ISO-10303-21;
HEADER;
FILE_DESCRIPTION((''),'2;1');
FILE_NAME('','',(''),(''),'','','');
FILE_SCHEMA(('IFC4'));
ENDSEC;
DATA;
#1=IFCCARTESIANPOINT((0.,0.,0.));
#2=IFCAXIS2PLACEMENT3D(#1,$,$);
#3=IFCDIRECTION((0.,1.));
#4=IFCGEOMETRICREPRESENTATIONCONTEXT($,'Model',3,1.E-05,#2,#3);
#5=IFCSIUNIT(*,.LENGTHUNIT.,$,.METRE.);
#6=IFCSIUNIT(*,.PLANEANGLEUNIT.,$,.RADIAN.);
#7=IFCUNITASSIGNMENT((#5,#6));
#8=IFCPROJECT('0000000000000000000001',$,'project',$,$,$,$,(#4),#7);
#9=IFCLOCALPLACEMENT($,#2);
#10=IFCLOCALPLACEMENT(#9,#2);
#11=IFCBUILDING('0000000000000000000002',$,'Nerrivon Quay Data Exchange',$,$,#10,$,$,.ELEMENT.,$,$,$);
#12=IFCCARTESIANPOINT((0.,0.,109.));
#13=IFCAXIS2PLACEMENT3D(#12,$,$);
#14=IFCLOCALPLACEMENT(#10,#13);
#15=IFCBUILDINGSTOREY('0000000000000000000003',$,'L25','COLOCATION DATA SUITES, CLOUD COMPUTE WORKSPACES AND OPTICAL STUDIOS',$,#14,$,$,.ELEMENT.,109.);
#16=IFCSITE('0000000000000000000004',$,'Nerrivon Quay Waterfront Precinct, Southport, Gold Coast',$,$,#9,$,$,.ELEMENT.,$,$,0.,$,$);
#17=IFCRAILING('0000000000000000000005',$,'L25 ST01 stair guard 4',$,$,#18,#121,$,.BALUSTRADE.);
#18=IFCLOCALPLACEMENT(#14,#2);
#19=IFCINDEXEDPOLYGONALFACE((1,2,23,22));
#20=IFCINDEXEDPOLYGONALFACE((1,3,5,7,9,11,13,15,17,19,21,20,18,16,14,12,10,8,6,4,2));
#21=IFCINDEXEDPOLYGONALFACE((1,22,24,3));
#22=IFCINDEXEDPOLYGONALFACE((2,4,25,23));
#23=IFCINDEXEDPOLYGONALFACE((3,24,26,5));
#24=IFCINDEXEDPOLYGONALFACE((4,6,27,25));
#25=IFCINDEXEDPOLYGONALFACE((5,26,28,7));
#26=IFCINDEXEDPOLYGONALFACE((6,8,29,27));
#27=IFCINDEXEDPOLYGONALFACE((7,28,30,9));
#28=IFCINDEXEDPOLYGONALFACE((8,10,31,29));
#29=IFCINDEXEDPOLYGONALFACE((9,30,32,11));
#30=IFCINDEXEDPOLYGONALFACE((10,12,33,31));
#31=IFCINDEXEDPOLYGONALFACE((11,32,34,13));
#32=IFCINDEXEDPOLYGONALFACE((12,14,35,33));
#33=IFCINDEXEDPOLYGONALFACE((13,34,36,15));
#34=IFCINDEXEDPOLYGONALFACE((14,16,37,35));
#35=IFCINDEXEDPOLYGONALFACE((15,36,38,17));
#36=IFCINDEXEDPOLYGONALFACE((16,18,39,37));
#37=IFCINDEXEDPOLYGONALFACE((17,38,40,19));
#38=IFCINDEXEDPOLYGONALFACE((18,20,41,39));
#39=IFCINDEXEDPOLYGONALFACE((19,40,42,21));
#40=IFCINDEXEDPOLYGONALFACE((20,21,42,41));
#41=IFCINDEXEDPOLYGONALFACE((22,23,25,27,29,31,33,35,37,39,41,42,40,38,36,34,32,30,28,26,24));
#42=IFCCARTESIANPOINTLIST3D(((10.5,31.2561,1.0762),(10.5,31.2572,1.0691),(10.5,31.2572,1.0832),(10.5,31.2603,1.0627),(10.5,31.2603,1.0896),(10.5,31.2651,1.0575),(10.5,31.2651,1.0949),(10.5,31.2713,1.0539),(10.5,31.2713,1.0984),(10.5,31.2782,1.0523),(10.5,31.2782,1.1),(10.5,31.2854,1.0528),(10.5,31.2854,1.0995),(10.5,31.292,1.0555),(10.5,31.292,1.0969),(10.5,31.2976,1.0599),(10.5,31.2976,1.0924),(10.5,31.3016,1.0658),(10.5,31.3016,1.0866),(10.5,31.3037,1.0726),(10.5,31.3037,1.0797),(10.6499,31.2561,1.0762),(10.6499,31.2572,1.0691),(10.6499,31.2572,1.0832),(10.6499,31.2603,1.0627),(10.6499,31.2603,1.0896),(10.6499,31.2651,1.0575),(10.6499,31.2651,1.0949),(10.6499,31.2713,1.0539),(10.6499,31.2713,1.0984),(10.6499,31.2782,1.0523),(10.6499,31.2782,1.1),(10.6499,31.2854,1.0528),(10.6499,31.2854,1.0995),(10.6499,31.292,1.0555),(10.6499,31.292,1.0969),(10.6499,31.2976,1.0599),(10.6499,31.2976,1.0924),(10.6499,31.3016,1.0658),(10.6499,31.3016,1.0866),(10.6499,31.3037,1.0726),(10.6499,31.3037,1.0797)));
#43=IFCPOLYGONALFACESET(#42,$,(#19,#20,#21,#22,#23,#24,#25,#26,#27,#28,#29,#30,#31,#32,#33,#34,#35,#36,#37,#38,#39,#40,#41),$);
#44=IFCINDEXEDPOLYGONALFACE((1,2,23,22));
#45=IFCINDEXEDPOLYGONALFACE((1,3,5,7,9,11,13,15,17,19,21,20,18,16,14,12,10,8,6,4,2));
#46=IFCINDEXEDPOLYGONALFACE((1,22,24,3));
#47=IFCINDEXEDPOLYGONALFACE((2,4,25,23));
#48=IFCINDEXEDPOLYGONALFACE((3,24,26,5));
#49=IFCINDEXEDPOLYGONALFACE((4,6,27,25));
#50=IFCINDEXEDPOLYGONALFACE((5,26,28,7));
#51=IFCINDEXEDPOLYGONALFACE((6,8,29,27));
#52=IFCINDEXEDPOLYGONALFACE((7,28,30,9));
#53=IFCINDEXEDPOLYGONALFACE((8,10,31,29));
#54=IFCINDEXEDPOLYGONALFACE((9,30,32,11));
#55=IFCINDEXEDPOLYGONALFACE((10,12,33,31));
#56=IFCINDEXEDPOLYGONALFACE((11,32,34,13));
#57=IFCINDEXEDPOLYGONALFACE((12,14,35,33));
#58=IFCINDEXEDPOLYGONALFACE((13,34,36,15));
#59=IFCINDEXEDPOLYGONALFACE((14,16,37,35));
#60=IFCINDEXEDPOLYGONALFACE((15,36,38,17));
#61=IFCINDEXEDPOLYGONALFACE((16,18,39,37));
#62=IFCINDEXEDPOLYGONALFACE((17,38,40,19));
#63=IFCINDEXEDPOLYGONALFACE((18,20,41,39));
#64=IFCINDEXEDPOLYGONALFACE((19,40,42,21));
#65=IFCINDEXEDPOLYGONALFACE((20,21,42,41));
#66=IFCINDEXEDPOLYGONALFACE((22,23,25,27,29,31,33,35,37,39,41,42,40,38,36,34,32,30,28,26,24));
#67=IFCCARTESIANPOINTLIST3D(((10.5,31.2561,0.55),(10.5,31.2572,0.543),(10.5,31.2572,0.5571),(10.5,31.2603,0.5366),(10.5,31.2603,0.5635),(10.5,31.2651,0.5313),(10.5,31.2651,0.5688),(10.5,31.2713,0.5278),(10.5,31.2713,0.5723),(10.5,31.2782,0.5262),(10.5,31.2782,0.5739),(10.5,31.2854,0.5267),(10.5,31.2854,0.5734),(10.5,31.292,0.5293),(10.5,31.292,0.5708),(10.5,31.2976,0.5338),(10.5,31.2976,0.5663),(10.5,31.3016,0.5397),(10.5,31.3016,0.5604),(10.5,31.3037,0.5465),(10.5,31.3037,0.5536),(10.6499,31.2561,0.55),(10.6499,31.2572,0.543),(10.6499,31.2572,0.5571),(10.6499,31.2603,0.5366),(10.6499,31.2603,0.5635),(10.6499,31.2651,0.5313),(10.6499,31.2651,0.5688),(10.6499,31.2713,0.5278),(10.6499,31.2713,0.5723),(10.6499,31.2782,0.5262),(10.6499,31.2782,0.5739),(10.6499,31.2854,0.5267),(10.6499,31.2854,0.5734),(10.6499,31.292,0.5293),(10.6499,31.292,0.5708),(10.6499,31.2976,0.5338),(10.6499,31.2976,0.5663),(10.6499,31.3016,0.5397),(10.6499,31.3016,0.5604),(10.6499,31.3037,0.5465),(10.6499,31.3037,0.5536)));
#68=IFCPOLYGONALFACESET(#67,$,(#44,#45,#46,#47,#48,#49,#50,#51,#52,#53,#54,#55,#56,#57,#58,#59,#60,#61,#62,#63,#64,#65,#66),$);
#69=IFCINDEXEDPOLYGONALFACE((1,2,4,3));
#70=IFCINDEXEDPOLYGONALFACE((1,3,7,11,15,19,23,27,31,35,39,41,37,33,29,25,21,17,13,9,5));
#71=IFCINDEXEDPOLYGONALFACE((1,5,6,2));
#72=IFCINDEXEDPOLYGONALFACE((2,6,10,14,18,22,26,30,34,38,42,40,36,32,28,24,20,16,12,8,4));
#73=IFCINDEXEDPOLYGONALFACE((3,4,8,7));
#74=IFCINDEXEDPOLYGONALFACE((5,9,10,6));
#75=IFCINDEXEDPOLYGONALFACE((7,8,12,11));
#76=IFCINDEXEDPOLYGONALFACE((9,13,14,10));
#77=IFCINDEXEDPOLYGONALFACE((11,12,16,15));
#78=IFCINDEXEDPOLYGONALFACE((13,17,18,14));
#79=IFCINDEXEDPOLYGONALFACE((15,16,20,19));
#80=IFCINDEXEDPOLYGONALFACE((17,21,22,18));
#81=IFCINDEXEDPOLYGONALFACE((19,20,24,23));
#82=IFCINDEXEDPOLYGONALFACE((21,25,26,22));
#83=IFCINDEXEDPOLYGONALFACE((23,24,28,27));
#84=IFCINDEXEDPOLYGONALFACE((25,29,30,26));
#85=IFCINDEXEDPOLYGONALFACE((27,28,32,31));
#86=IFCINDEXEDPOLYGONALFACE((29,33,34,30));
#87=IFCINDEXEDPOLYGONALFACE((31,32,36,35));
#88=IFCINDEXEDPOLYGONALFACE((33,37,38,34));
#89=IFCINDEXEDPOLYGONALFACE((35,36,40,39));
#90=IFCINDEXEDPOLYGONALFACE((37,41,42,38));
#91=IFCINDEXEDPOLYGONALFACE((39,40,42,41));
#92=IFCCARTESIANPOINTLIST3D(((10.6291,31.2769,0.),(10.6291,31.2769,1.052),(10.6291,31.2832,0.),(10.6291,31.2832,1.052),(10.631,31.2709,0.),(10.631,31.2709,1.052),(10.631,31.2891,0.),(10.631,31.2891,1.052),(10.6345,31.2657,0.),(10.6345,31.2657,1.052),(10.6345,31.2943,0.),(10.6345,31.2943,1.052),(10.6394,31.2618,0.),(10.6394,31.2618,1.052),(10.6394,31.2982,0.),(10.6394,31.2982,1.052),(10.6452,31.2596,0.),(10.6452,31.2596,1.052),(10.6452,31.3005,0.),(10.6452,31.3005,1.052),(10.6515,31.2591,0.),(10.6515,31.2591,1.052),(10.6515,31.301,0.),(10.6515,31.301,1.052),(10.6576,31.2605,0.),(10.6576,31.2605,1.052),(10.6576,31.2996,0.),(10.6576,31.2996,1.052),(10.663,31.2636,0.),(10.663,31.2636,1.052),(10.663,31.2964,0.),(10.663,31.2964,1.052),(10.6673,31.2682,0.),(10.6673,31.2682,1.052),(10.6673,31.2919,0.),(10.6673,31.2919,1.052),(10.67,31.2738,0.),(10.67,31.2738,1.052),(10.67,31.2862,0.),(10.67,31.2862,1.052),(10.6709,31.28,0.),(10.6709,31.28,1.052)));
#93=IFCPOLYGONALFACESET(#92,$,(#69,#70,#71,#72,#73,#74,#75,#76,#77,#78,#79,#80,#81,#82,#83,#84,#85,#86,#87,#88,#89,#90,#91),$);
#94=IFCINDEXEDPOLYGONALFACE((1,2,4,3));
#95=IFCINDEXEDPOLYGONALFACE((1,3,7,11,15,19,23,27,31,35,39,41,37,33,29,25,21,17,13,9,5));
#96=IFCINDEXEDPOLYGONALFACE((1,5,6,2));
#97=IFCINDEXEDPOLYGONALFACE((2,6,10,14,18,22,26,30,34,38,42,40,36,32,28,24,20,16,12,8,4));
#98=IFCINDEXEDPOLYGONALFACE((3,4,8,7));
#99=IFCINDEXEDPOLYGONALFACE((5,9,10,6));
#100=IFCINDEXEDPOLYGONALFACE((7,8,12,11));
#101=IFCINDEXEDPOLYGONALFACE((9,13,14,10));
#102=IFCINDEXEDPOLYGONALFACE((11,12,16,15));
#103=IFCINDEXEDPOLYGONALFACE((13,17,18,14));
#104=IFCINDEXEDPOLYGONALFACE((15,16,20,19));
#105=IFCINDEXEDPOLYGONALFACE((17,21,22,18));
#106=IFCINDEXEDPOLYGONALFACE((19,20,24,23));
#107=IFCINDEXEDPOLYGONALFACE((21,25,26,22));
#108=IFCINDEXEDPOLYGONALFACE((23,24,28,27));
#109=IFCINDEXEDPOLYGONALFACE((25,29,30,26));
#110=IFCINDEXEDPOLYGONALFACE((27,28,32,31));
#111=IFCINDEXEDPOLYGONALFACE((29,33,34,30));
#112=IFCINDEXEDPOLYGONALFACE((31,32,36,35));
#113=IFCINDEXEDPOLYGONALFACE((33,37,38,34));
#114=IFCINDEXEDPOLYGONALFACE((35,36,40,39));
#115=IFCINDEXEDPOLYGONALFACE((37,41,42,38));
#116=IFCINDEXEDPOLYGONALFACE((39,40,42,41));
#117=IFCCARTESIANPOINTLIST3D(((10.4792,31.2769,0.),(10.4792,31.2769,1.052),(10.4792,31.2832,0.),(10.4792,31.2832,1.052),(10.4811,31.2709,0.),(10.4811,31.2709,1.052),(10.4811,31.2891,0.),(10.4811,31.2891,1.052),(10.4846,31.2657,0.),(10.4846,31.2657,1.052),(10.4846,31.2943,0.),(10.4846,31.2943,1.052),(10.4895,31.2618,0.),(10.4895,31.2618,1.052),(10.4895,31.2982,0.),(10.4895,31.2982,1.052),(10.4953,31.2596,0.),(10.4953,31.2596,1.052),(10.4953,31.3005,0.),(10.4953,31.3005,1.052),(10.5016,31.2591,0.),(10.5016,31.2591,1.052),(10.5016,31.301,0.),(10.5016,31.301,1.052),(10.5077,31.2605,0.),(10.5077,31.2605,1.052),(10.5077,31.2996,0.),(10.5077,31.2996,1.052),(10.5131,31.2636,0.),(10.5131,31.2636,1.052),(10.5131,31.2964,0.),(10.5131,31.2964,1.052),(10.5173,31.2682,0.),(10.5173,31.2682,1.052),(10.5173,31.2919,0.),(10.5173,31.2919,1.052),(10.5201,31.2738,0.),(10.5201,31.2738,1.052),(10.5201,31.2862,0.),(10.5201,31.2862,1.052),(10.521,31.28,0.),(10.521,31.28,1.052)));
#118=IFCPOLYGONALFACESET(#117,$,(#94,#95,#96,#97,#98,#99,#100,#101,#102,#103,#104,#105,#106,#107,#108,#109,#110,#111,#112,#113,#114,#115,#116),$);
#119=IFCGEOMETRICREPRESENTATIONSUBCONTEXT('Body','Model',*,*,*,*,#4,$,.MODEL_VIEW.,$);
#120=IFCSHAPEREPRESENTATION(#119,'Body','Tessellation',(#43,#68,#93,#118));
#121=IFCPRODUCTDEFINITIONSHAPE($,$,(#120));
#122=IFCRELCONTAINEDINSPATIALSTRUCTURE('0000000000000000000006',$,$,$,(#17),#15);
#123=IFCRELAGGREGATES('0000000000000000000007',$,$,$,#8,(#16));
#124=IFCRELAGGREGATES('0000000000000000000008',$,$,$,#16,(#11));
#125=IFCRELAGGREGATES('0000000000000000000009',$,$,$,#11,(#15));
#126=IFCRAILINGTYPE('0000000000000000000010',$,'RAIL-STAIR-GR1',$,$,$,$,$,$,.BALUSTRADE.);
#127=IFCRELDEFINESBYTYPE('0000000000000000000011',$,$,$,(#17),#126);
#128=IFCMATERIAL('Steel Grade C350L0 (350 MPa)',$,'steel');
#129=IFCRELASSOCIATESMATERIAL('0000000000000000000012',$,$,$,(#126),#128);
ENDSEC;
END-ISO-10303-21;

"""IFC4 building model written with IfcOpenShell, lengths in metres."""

from ifc_helpers import new_model, si_unit, direction, frame, origin, origin_2d, place, context, subcontext, project, spatial, circle, extrude, material, type_object, element, save


model = new_model("IFC4")

# Units and contexts
model_context = context("Model", 3, precision=1e-05, world=origin(), true_north=direction((0.0, 1.0)))
body_context = subcontext(model_context, "Body", "Model", "MODEL_VIEW")
ifc_project = project(units=[si_unit("LENGTHUNIT", "METRE"), si_unit("PLANEANGLEUNIT", "RADIAN")], contexts=[model_context])

# Site, building, storey
site_placement = place(None, origin())
site = spatial("IfcSite", under=ifc_project, at=site_placement, Name="Nerrivon Quay Waterfront Precinct, Southport, Gold Coast", CompositionType="ELEMENT", RefElevation=0.0)
building_placement = place(site_placement, origin())
building = spatial("IfcBuilding", under=site, at=building_placement, Name="Nerrivon Quay Data Exchange", CompositionType="ELEMENT")
storey_placement = place(building_placement, frame((0.0, 0.0, 109.0)))
storey = spatial("IfcBuildingStorey", under=building, at=storey_placement, Name="L25", Description="COLOCATION DATA SUITES, CLOUD COMPUTE WORKSPACES AND OPTICAL STUDIOS", CompositionType="ELEMENT", Elevation=109.0)

# Railing
ifc_material_1 = material(Name="Steel Grade C350L0 (350 MPa)", Category="steel")
railing_type_1 = type_object("IfcRailingType", Name="RAIL-STAIR-GR1", PredefinedType="BALUSTRADE", material=ifc_material_1)
railing_1_placement = place(storey_placement, frame((10.6499, 31.28, 0.0)))
element("IfcRailing", 1, at=railing_1_placement, inside=storey, type_object=railing_type_1, Name="L25 ST01 stair guard 4", PredefinedType="BALUSTRADE", context=body_context, shape_type="SweptSolid", body=[
    extrude(circle(Radius=0.0239, at=origin_2d()), frame((0.0, 0.0, 1.0762), z_axis=(-1.0, 0.0, 0.0), x_axis=(0.0, -1.0, 0.0)), (0.0, 0.0, 1.0), 0.1499),
    extrude(circle(Radius=0.0239, at=origin_2d()), frame((0.0, 0.0, 0.55), z_axis=(-1.0, 0.0, 0.0), x_axis=(0.0, -1.0, 0.0)), (0.0, 0.0, 1.0), 0.1499),
    extrude(circle(Radius=0.021, at=origin_2d()), origin(), (0.0, 0.0, 1.0), 1.052),
    extrude(circle(Radius=0.021, at=origin_2d()), frame((-0.1499, 0.0, 0.0)), (0.0, 0.0, 1.0), 1.052),
])

save(model, "model.ifc")
